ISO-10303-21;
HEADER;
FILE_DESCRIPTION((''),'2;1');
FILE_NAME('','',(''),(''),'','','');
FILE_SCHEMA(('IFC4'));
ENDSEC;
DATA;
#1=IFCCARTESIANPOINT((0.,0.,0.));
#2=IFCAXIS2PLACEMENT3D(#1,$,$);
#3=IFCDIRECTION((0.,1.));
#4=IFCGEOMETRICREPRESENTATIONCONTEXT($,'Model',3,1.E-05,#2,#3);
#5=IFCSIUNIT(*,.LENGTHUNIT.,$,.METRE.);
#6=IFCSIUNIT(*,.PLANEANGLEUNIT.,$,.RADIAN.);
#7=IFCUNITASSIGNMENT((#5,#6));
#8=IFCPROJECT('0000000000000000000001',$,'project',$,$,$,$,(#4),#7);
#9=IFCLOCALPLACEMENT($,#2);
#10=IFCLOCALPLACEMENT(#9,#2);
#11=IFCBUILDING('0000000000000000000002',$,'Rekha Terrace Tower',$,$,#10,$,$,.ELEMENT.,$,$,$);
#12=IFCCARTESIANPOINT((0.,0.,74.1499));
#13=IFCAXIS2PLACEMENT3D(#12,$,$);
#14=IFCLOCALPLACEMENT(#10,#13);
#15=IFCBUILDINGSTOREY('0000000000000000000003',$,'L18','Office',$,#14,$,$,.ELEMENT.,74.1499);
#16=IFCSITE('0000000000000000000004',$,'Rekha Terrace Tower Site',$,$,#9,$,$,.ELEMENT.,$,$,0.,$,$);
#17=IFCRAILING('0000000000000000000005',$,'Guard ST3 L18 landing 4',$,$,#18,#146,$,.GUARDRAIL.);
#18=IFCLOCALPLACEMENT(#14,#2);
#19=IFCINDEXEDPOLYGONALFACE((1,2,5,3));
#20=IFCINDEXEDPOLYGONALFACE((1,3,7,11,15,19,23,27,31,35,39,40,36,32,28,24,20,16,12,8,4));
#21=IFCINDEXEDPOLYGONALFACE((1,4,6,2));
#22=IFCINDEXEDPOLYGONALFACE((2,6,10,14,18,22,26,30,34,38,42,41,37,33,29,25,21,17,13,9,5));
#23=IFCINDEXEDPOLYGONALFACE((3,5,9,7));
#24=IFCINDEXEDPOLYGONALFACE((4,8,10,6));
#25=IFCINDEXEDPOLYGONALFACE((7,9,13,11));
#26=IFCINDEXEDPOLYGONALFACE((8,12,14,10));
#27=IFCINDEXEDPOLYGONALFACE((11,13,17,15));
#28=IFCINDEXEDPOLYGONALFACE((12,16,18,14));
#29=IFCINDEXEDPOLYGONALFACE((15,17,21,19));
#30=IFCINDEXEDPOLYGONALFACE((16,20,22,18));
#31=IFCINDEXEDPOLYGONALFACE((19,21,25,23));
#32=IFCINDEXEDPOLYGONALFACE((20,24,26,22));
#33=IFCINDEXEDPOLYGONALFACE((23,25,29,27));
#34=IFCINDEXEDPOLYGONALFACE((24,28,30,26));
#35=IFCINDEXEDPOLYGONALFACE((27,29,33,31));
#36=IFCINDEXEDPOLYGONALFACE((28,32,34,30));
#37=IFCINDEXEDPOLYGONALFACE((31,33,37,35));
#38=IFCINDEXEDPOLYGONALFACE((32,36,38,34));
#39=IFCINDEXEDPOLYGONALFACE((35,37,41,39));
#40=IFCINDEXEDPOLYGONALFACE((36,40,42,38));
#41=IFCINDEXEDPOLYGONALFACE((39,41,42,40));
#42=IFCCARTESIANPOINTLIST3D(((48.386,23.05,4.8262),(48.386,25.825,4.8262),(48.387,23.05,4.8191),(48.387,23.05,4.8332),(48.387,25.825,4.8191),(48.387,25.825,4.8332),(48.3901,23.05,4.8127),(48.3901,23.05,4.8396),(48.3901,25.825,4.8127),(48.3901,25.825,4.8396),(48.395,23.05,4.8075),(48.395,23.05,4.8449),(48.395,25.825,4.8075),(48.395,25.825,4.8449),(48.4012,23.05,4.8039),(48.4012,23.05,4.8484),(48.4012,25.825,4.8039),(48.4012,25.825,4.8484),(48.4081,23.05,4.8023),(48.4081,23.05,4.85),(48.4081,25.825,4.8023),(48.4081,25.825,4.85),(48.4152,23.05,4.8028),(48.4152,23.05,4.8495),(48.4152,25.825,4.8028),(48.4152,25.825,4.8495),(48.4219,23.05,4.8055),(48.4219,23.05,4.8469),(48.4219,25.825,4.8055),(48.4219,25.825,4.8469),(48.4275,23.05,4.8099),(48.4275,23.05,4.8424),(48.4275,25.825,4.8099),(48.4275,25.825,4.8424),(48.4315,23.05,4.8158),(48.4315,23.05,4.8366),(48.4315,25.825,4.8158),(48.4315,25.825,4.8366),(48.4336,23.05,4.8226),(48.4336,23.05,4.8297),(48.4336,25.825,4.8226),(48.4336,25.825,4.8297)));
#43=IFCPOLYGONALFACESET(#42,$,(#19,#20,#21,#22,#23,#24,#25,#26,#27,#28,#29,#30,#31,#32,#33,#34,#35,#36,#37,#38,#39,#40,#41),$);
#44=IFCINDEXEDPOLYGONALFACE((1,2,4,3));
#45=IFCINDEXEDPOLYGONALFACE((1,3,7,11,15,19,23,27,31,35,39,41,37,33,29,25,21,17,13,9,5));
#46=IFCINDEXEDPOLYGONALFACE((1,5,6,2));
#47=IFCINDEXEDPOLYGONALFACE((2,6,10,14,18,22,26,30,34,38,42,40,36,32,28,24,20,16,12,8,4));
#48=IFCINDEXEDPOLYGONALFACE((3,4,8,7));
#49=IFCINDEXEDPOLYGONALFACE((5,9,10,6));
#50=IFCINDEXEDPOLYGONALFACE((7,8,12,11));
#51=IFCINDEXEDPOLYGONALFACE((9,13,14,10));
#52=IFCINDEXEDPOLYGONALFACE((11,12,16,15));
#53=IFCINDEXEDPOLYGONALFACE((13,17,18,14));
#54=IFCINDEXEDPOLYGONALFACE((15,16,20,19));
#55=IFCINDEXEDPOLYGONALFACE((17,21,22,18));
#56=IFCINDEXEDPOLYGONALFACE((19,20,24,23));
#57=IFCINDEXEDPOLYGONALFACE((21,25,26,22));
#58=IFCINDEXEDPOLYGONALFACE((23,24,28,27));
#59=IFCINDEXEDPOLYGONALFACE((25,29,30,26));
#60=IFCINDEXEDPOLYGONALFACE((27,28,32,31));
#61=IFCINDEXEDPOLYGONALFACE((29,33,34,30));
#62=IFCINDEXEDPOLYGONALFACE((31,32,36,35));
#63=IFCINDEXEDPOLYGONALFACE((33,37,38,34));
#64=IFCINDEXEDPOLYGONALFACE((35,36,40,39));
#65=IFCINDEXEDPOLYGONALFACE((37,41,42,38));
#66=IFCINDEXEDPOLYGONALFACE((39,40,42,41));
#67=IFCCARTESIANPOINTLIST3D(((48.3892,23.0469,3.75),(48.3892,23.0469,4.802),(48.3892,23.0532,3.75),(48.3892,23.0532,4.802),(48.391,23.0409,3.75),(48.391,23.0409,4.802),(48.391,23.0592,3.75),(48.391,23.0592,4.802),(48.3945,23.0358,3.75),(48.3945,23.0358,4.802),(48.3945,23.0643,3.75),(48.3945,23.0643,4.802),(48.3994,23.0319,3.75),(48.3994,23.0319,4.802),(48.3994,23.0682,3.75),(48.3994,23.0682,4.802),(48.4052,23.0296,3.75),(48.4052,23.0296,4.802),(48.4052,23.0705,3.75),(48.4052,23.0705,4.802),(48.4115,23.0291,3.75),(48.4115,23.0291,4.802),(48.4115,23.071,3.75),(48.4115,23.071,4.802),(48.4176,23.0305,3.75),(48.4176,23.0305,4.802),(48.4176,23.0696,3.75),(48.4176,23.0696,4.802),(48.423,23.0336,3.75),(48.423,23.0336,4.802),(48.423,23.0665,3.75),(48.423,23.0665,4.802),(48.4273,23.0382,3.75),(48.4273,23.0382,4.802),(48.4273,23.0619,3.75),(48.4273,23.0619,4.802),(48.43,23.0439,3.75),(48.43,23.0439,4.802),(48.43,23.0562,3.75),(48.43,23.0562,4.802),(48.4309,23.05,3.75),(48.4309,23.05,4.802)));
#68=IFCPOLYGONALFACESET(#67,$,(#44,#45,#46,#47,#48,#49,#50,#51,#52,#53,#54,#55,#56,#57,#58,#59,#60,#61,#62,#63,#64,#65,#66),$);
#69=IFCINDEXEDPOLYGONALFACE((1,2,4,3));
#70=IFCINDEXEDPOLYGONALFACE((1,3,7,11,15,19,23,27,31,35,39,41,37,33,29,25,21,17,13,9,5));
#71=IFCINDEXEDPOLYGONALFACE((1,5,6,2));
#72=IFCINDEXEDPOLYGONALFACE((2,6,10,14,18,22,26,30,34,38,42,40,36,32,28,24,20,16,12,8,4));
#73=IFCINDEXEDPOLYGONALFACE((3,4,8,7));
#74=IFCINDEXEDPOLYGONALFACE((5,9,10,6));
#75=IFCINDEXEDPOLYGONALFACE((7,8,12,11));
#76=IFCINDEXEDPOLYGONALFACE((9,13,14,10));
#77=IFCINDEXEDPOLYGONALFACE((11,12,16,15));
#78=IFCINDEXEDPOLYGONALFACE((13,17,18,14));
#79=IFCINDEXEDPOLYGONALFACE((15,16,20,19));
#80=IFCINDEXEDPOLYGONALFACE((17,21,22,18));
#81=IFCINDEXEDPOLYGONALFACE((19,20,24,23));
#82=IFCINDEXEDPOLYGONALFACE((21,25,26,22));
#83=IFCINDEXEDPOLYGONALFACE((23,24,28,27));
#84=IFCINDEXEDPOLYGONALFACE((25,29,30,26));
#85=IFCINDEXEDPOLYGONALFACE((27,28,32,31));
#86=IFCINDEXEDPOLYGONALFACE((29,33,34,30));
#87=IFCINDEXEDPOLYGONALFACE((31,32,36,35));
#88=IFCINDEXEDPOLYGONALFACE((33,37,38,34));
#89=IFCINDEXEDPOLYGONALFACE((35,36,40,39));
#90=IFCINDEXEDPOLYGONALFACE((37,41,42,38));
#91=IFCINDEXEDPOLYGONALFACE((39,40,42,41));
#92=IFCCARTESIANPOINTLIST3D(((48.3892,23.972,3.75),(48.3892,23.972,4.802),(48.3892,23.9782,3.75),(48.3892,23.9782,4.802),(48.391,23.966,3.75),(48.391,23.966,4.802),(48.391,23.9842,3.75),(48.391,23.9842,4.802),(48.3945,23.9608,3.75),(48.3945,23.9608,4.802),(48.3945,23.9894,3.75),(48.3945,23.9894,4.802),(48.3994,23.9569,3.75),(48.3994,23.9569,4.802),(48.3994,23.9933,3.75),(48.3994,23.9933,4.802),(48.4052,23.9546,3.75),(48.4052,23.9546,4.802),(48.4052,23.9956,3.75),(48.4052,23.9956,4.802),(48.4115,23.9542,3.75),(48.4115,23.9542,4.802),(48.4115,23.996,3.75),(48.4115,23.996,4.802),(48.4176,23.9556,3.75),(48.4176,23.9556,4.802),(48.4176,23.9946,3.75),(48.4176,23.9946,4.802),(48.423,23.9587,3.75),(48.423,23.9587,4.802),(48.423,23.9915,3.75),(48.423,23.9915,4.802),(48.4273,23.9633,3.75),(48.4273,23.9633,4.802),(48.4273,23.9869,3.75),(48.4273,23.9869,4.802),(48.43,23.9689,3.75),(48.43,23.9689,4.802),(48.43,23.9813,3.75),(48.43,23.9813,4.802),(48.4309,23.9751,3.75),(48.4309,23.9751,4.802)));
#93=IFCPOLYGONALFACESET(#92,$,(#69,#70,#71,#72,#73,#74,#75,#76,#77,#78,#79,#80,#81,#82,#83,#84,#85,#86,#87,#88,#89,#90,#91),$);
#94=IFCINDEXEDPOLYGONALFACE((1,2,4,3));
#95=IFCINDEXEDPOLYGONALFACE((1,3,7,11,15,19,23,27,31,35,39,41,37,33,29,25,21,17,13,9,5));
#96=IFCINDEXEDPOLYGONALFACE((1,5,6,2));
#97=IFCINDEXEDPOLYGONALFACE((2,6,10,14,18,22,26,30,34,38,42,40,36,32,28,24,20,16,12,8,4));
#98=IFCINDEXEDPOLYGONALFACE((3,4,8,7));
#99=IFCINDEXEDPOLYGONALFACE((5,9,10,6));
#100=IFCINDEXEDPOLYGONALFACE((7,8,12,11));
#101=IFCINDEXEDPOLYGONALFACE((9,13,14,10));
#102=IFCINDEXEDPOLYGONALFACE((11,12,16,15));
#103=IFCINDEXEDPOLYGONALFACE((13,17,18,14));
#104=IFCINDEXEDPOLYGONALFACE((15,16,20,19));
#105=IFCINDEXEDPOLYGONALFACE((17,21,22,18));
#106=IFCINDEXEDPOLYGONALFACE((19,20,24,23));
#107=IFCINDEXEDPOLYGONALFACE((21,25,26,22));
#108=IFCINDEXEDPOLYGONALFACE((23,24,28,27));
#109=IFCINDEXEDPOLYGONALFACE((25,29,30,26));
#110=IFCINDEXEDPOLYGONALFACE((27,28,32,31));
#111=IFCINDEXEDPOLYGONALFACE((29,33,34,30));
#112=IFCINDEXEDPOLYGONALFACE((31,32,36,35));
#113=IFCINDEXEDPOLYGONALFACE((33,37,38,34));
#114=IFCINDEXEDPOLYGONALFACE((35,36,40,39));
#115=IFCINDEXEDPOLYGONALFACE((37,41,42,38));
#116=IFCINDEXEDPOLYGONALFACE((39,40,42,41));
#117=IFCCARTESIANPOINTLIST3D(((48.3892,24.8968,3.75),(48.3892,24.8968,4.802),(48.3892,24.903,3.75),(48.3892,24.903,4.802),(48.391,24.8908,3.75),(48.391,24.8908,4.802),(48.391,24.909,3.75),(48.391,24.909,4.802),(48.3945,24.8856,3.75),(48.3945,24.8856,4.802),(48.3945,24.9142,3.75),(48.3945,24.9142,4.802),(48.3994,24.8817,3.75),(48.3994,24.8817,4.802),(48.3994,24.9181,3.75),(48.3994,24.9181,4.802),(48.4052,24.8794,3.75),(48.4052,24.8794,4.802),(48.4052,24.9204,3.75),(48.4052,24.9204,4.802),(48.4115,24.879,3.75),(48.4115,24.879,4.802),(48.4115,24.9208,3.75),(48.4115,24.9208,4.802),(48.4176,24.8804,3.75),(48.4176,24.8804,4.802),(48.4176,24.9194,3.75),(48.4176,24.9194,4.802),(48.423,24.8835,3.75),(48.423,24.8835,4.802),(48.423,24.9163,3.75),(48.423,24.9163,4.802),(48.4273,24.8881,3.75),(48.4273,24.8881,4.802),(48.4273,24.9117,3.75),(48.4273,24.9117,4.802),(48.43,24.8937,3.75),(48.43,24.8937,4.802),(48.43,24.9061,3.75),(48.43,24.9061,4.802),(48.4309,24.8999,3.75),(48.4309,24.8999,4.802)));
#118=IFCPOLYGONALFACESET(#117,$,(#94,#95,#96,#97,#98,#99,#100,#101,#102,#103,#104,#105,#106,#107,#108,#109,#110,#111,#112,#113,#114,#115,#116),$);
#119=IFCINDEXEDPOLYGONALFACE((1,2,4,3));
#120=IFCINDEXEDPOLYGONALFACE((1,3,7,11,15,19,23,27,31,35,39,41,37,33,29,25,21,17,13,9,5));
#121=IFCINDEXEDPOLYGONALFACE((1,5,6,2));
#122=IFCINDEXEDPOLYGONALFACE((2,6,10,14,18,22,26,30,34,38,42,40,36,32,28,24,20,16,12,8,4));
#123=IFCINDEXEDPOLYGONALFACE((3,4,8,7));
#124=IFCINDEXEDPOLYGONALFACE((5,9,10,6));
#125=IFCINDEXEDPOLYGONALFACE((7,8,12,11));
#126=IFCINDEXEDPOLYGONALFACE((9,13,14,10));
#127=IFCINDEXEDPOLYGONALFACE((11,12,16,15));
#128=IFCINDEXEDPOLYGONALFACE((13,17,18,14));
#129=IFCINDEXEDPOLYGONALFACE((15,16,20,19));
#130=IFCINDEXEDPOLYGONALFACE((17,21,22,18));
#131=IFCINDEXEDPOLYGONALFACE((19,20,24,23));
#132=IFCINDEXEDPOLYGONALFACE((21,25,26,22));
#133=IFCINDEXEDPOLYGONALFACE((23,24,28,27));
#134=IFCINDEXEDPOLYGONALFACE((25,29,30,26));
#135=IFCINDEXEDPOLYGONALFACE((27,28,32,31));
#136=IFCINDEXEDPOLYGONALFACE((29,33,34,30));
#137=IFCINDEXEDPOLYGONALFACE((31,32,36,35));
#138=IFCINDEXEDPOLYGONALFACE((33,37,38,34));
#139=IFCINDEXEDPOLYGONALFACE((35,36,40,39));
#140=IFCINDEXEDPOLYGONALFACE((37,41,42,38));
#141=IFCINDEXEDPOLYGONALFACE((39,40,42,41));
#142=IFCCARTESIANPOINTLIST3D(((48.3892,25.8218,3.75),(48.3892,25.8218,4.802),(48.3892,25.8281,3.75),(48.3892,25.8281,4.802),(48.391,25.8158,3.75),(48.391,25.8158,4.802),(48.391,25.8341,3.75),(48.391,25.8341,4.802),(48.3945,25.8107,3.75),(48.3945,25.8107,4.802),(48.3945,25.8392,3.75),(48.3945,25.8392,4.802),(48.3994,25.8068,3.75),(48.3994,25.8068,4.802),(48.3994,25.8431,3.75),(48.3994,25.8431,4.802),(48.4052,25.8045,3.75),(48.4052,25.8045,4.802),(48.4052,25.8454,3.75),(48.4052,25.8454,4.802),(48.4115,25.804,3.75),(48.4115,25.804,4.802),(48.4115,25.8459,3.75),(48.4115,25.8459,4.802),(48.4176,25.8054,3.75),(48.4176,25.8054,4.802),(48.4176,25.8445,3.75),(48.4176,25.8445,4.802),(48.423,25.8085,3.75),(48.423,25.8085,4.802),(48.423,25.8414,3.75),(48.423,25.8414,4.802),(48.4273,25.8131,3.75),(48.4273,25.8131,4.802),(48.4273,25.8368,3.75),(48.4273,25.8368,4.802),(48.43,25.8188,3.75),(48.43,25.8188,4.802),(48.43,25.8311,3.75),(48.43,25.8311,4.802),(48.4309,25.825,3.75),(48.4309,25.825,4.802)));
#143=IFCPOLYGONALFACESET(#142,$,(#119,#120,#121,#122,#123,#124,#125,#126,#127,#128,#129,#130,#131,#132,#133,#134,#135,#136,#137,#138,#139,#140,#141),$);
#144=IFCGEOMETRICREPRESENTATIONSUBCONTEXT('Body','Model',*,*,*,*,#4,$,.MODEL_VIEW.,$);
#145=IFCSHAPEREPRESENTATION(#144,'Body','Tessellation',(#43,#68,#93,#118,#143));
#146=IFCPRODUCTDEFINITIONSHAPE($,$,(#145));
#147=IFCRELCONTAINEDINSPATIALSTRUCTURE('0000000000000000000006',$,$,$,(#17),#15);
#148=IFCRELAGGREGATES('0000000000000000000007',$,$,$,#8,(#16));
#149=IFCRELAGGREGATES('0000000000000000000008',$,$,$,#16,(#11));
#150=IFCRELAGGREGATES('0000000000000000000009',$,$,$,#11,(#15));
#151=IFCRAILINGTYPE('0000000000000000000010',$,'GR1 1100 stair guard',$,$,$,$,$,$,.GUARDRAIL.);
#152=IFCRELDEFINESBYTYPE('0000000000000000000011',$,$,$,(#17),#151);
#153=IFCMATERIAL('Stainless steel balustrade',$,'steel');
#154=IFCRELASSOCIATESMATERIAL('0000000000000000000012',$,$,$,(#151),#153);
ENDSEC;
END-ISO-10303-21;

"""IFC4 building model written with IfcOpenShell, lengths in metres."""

from ifc_helpers import new_model, si_unit, direction, frame, origin, origin_2d, place, context, subcontext, project, spatial, circle, extrude, material, type_object, element, save


model = new_model("IFC4")

# Units and contexts
model_context = context("Model", 3, precision=1e-05, world=origin(), true_north=direction((0.0, 1.0)))
body_context = subcontext(model_context, "Body", "Model", "MODEL_VIEW")
ifc_project = project(units=[si_unit("LENGTHUNIT", "METRE"), si_unit("PLANEANGLEUNIT", "RADIAN")], contexts=[model_context])

# Site, building, storey
site_placement = place(None, origin())
site = spatial("IfcSite", under=ifc_project, at=site_placement, Name="Rekha Terrace Tower Site", CompositionType="ELEMENT", RefElevation=0.0)
building_placement = place(site_placement, origin())
building = spatial("IfcBuilding", under=site, at=building_placement, Name="Rekha Terrace Tower", CompositionType="ELEMENT")
storey_placement = place(building_placement, frame((0.0, 0.0, 74.1499)))
storey = spatial("IfcBuildingStorey", under=building, at=storey_placement, Name="L18", Description="Office", CompositionType="ELEMENT", Elevation=74.1499)

# Railing
ifc_material_1 = material(Name="Stainless steel balustrade", Category="steel")
railing_type_1 = type_object("IfcRailingType", Name="GR1 1100 stair guard", PredefinedType="GUARDRAIL", material=ifc_material_1)
railing_1_placement = place(storey_placement, frame((48.4099, 23.05, 3.75)))
element("IfcRailing", 1, at=railing_1_placement, inside=storey, type_object=railing_type_1, Name="Guard ST3 L18 landing 4", PredefinedType="GUARDRAIL", context=body_context, shape_type="SweptSolid", body=[
    extrude(circle(Radius=0.0239, at=origin_2d()), frame((0.0, 0.0, 1.0762), z_axis=(0.0, 1.0, 0.0), x_axis=(-1.0, 0.0, 0.0)), (0.0, 0.0, 1.0), 2.7749),
    extrude(circle(Radius=0.021, at=origin_2d()), origin(), (0.0, 0.0, 1.0), 1.052),
    extrude(circle(Radius=0.021, at=origin_2d()), frame((0.0, 0.925, 0.0)), (0.0, 0.0, 1.0), 1.052),
    extrude(circle(Radius=0.021, at=origin_2d()), frame((0.0, 1.8499, 0.0)), (0.0, 0.0, 1.0), 1.052),
    extrude(circle(Radius=0.021, at=origin_2d()), frame((0.0, 2.7749, 0.0)), (0.0, 0.0, 1.0), 1.052),
])

save(model, "model.ifc")
